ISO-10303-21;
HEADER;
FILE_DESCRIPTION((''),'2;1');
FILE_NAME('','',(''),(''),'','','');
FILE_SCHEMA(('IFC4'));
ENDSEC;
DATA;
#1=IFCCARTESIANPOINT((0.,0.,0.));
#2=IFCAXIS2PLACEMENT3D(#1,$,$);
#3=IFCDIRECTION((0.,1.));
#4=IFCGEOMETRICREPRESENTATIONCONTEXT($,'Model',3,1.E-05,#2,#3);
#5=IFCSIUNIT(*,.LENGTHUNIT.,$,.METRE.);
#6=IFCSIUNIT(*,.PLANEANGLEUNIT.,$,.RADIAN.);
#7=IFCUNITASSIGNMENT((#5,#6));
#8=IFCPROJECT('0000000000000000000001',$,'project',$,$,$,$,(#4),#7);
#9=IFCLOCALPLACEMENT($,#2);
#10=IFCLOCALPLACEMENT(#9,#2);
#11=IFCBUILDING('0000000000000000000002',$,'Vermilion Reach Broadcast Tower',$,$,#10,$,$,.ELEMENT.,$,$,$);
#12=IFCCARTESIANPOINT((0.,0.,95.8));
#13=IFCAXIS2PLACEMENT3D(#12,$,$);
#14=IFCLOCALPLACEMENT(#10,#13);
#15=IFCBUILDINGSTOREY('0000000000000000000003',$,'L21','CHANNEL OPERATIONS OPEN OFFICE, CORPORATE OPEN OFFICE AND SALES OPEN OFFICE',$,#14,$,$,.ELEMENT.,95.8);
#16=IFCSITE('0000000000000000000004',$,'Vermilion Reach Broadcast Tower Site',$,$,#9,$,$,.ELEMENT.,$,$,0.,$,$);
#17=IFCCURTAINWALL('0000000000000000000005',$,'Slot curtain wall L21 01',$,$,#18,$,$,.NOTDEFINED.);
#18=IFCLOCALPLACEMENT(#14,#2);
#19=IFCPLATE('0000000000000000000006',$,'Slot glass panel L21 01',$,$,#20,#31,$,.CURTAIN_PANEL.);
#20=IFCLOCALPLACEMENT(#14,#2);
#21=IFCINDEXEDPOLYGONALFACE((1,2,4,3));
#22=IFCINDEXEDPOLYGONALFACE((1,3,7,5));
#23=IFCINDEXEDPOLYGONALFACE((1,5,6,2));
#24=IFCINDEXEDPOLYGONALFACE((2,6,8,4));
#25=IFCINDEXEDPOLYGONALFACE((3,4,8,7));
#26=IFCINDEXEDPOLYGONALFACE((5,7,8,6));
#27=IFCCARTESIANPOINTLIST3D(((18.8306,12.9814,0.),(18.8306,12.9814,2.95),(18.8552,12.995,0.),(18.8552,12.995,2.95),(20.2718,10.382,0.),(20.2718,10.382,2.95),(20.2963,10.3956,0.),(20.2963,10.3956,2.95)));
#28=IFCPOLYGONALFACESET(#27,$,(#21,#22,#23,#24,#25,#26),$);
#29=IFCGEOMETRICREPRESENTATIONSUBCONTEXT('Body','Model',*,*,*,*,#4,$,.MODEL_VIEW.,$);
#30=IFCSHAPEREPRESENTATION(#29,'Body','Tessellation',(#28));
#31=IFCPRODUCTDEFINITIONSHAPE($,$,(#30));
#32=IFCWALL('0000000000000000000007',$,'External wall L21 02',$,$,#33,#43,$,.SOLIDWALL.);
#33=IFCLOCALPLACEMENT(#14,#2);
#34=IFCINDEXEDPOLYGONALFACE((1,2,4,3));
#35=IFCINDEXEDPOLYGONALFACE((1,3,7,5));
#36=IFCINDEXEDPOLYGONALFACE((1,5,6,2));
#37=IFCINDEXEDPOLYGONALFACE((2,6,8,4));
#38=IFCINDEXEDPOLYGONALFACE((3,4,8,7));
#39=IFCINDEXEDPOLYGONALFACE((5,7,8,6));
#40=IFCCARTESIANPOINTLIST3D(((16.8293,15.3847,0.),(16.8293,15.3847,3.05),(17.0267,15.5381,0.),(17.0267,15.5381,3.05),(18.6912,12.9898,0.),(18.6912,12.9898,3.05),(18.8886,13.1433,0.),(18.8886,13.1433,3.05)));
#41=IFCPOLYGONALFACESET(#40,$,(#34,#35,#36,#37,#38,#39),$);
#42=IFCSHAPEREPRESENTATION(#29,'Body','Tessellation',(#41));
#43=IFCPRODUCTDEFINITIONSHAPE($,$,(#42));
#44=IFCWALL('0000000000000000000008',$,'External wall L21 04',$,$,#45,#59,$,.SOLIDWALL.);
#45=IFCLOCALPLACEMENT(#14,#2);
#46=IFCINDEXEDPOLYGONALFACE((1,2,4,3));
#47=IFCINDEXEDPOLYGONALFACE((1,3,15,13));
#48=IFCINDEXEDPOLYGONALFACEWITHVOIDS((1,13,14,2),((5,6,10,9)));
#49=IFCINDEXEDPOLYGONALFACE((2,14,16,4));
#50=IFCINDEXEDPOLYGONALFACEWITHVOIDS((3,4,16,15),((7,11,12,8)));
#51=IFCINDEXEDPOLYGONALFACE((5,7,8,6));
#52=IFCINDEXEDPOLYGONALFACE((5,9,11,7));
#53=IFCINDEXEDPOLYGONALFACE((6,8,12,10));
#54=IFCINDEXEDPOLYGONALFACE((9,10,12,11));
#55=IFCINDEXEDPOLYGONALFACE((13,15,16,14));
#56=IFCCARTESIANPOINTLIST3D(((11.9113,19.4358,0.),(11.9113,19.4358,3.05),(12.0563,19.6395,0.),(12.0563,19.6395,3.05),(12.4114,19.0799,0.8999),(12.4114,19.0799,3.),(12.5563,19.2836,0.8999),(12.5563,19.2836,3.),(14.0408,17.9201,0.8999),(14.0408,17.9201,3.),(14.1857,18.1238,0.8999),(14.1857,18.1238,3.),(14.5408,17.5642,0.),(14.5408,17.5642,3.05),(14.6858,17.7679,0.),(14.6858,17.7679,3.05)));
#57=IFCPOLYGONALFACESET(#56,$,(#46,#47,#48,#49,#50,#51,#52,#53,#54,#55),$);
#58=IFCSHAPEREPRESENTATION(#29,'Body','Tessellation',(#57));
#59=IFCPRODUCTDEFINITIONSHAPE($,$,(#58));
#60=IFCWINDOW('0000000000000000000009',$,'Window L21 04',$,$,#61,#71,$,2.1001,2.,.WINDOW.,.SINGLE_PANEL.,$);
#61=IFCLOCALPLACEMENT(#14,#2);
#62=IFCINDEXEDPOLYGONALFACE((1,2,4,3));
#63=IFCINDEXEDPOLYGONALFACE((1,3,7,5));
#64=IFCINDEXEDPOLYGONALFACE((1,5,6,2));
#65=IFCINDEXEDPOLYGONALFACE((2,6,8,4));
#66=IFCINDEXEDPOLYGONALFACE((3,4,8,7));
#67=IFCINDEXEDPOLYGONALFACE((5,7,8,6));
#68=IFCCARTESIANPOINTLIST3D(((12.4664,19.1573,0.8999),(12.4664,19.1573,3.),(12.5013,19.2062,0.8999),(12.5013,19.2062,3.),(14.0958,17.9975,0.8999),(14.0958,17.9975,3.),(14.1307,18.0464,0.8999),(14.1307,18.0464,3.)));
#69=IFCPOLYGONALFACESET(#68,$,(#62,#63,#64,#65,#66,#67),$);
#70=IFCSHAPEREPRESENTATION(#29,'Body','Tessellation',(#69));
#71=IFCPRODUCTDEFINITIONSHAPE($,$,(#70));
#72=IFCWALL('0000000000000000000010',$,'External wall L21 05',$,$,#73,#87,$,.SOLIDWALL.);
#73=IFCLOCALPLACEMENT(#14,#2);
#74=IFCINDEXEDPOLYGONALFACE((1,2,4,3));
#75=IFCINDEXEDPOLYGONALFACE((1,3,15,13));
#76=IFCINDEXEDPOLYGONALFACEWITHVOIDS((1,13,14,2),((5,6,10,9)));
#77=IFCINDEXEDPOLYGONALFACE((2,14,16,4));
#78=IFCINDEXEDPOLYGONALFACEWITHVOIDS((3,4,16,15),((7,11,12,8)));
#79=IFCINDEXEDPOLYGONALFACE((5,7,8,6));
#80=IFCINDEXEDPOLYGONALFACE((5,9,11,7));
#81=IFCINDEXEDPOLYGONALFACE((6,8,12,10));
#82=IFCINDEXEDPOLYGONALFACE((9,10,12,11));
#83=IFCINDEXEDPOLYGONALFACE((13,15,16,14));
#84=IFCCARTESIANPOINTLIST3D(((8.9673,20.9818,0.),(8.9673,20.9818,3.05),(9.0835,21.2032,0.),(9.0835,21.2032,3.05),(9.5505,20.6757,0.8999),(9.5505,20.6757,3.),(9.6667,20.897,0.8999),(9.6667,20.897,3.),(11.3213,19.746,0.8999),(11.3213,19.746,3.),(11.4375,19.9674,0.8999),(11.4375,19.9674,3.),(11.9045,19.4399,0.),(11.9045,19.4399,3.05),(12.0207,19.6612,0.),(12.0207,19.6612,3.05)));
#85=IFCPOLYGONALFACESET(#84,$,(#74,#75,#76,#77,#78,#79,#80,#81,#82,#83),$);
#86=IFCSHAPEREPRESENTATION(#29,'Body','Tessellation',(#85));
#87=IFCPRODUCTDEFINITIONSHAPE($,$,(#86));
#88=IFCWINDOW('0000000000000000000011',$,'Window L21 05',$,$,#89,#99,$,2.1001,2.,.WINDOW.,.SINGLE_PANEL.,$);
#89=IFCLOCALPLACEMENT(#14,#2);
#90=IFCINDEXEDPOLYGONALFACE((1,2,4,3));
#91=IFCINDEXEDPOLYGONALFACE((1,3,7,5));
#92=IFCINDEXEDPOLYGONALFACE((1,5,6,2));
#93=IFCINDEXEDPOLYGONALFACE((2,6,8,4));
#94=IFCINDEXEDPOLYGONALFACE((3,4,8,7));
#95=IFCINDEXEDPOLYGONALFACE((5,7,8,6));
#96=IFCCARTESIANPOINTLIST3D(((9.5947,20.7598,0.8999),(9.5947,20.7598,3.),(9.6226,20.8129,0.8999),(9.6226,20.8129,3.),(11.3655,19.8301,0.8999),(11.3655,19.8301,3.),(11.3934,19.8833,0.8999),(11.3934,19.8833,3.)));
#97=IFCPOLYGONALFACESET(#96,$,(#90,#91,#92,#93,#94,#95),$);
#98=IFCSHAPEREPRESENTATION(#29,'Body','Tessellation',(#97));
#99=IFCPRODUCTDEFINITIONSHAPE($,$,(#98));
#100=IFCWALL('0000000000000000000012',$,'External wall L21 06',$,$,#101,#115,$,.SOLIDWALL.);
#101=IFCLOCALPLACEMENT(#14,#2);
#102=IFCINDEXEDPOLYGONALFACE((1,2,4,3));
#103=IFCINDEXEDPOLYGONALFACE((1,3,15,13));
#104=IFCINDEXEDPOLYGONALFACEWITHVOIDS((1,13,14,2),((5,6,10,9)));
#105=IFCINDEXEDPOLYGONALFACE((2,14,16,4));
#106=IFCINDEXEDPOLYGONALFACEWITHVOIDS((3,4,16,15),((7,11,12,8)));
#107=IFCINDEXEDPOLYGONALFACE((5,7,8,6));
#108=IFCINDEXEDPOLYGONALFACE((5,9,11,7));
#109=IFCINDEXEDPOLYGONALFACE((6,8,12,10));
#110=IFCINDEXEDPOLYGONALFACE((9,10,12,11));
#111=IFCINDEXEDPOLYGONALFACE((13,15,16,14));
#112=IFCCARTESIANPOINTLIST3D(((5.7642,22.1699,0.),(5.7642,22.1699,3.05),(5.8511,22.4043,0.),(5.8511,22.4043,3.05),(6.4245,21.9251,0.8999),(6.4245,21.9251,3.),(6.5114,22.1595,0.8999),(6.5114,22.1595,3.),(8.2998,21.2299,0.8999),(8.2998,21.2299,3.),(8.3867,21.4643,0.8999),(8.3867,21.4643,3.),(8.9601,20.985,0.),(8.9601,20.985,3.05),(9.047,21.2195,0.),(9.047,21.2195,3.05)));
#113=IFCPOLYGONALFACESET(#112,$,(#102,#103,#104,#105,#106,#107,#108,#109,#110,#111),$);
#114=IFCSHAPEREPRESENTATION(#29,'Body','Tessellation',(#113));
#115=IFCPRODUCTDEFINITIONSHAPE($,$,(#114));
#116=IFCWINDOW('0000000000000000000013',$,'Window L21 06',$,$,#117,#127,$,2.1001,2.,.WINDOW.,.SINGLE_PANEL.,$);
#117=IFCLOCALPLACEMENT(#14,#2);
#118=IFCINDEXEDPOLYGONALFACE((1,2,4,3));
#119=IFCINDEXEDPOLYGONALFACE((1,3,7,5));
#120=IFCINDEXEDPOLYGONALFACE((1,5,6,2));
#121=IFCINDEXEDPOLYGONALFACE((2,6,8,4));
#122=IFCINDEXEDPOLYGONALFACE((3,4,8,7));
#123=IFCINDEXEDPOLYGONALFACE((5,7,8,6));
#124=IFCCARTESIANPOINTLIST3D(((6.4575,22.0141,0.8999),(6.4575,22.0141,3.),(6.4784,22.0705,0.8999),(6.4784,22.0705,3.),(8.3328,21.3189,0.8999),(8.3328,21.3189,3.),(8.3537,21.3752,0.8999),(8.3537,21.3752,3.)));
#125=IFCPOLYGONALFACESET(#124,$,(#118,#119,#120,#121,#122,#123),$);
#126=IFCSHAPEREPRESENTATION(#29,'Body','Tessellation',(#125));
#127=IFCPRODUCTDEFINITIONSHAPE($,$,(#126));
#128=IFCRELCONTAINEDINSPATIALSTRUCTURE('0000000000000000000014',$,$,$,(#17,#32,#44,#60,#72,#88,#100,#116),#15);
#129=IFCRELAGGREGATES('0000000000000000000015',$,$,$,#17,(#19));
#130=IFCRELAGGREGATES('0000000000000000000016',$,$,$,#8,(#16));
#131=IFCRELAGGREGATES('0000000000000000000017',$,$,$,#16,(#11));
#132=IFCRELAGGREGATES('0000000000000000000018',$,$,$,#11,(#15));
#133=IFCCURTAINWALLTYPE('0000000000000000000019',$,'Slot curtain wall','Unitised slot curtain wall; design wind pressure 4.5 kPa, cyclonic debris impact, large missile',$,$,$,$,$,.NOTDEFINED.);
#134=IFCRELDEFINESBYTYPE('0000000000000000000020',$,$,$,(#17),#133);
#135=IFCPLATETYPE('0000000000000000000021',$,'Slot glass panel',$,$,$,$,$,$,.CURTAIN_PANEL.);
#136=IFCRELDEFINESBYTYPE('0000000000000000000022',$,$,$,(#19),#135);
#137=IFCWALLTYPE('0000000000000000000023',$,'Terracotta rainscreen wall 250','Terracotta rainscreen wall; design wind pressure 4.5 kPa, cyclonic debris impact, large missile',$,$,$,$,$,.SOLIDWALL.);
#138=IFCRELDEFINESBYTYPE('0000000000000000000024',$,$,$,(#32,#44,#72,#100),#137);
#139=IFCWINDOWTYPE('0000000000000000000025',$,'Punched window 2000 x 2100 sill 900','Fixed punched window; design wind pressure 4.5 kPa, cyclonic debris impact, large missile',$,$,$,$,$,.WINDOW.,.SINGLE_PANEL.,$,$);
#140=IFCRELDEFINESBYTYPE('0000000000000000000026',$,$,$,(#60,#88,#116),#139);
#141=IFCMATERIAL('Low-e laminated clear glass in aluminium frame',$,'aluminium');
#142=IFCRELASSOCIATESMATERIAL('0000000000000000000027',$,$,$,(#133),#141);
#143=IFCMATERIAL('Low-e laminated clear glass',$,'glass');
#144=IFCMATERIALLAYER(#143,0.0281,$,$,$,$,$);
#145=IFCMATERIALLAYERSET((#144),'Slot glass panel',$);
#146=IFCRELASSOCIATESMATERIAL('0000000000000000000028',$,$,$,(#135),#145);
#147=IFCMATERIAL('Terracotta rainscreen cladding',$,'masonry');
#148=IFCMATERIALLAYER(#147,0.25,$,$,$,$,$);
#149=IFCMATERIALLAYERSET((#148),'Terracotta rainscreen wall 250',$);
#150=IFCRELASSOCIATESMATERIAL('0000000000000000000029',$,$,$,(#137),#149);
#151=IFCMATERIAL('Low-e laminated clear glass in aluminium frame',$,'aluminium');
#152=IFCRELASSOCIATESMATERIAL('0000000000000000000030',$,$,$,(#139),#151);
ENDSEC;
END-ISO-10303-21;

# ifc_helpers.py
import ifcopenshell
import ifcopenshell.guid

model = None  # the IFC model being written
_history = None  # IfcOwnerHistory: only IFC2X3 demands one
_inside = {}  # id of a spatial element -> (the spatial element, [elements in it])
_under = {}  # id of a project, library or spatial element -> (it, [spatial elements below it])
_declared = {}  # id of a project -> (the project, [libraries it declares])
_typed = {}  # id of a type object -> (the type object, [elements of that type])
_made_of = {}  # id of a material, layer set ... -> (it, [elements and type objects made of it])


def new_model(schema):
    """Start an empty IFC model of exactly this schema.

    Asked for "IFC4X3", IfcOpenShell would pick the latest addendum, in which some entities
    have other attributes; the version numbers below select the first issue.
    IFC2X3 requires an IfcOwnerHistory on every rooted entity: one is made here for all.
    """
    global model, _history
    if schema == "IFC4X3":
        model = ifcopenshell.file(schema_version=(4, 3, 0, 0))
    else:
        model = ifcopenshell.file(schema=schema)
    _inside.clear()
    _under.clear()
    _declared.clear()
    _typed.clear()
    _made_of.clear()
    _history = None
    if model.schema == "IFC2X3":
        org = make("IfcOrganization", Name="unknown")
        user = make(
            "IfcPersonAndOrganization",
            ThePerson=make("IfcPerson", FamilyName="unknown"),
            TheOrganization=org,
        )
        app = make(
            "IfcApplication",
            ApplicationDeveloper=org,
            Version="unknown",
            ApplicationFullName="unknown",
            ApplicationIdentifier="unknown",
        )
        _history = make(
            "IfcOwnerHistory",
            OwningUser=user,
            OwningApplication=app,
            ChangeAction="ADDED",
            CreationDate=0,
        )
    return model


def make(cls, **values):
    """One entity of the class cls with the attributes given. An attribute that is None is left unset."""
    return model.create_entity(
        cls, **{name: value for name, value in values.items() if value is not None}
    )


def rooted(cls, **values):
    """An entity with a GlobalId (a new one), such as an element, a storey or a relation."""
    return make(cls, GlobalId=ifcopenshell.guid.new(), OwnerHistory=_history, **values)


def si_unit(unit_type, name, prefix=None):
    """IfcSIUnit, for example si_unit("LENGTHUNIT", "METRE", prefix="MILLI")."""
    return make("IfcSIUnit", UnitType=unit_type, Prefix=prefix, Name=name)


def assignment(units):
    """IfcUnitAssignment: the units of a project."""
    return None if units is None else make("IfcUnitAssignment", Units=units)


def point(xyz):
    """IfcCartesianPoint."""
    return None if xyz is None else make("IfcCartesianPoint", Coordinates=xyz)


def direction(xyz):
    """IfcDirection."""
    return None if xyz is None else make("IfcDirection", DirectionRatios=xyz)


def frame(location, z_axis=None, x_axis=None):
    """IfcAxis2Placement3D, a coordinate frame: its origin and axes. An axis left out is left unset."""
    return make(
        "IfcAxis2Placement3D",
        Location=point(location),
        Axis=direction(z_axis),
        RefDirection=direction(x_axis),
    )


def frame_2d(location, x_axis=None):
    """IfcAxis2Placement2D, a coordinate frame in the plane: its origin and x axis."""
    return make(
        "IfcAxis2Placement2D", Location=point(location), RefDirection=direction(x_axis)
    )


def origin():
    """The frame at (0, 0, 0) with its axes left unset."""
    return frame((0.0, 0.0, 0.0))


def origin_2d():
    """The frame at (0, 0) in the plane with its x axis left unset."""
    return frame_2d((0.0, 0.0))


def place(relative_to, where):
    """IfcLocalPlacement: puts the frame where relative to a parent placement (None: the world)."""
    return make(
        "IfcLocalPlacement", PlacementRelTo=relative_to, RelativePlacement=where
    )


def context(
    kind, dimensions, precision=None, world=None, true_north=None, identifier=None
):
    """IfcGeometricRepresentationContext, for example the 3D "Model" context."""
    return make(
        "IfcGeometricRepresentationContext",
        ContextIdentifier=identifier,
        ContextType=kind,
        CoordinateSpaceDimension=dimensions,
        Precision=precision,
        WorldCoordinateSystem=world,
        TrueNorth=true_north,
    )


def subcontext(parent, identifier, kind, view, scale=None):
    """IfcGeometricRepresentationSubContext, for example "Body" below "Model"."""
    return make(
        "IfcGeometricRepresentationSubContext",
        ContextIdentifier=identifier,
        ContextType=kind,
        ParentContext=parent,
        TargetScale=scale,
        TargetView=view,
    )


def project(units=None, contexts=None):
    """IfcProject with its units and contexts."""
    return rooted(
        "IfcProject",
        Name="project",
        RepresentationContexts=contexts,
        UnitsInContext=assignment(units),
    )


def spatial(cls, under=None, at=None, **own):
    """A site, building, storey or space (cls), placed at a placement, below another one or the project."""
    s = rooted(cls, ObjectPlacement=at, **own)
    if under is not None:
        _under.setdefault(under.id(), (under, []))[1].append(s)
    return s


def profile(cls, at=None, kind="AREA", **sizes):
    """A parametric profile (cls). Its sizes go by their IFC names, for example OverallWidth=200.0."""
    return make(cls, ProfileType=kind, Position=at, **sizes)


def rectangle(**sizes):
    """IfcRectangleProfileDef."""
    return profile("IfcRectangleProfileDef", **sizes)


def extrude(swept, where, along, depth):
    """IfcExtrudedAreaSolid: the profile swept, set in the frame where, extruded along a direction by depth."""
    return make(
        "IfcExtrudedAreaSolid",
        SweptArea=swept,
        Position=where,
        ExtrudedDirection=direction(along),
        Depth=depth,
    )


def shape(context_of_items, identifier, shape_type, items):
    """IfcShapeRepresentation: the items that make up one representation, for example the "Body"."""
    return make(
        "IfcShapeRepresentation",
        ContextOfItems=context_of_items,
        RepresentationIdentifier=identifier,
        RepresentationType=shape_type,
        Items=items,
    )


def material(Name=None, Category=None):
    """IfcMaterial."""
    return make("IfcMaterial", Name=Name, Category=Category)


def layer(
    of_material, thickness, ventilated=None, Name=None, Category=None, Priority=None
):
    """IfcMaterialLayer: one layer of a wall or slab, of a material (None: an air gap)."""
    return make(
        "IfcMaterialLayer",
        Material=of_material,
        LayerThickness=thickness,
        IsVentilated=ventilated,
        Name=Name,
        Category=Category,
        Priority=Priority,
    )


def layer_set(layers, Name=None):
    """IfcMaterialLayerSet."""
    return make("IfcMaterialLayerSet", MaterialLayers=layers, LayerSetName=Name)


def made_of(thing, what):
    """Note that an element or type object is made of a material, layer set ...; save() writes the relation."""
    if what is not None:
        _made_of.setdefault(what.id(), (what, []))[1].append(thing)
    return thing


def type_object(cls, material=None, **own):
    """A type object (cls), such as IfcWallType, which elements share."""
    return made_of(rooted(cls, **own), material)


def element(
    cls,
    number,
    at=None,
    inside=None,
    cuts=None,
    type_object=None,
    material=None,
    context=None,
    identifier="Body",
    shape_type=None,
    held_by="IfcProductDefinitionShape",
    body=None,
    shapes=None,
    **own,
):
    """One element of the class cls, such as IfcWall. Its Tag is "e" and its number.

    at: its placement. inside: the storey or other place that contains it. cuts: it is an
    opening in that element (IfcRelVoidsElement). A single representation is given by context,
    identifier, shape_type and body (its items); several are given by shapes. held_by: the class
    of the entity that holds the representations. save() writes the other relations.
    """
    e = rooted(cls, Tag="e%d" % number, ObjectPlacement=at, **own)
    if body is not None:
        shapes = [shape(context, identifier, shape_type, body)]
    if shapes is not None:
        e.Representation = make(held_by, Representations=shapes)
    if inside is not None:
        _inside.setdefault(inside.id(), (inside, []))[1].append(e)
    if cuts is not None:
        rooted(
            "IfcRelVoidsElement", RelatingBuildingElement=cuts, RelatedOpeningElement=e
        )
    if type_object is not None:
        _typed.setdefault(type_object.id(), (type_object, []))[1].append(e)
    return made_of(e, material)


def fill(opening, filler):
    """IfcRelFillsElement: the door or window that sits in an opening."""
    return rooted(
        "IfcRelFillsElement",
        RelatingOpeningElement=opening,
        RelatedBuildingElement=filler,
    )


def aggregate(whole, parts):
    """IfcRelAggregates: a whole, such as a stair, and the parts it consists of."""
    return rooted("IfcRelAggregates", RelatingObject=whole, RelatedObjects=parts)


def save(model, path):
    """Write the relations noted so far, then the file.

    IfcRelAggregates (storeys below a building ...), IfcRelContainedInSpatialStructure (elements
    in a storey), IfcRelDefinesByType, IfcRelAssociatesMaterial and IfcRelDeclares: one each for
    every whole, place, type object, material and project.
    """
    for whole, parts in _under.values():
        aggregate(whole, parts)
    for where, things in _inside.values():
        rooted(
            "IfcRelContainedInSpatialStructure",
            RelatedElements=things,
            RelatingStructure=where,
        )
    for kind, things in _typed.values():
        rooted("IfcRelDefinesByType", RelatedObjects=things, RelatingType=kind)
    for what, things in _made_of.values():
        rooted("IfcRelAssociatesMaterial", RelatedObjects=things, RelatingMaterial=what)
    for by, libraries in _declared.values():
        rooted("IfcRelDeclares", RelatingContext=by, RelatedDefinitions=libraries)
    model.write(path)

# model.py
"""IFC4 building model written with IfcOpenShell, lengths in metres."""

from ifc_helpers import new_model, si_unit, direction, frame, frame_2d, origin, origin_2d, place, context, subcontext, project, spatial, rectangle, extrude, material, layer, layer_set, type_object, element, fill, aggregate, save


model = new_model("IFC4")

# Units and contexts
model_context = context("Model", 3, precision=1e-05, world=origin(), true_north=direction((0.0, 1.0)))
body_context = subcontext(model_context, "Body", "Model", "MODEL_VIEW")
ifc_project = project(units=[si_unit("LENGTHUNIT", "METRE"), si_unit("PLANEANGLEUNIT", "RADIAN")], contexts=[model_context])

# Site, building, storey
site_placement = place(None, origin())
site = spatial("IfcSite", under=ifc_project, at=site_placement, Name="Vermilion Reach Broadcast Tower Site", CompositionType="ELEMENT", RefElevation=0.0)
building_placement = place(site_placement, origin())
building = spatial("IfcBuilding", under=site, at=building_placement, Name="Vermilion Reach Broadcast Tower", CompositionType="ELEMENT")
storey_placement = place(building_placement, frame((0.0, 0.0, 95.8)))
storey = spatial("IfcBuildingStorey", under=building, at=storey_placement, Name="L21", Description="CHANNEL OPERATIONS OPEN OFFICE, CORPORATE OPEN OFFICE AND SALES OPEN OFFICE", CompositionType="ELEMENT", Elevation=95.8)

# Curtain wall, plate
ifc_material_1 = material(Name="Low-e laminated clear glass in aluminium frame", Category="aluminium")
curtain_wall_type = type_object("IfcCurtainWallType", Name="Slot curtain wall", Description="Unitised slot curtain wall; design wind pressure 4.5 kPa, cyclonic debris impact, large missile", PredefinedType="NOTDEFINED", material=ifc_material_1)
curtain_wall_placement = place(storey_placement, origin())
curtain_wall = element("IfcCurtainWall", 1, at=curtain_wall_placement, inside=storey, type_object=curtain_wall_type, Name="Slot curtain wall L21 01", PredefinedType="NOTDEFINED")
ifc_material_2 = material(Name="Low-e laminated clear glass", Category="glass")
ifc_layer_1 = layer(ifc_material_2, 0.0281)
ifc_layer_set_1 = layer_set([ifc_layer_1], Name="Slot glass panel")
plate_type = type_object("IfcPlateType", Name="Slot glass panel", PredefinedType="CURTAIN_PANEL", material=ifc_layer_set_1)
plate_placement = place(storey_placement, frame((19.5635, 11.6885, 0.0), z_axis=(0.0, 0.0, 1.0), x_axis=(-0.484878, 0.874582, 0.0)))
plate = element("IfcPlate", 2, at=plate_placement, type_object=plate_type, Name="Slot glass panel L21 01", PredefinedType="CURTAIN_PANEL", context=body_context, shape_type="SweptSolid", body=[
    extrude(rectangle(XDim=2.9722, YDim=0.0281, at=origin_2d()), origin(), (0.0, 0.0, 1.0), 2.95),
])
aggregate(curtain_wall, [plate])

# Wall
ifc_material_3 = material(Name="Terracotta rainscreen cladding", Category="masonry")
ifc_layer_2 = layer(ifc_material_3, 0.25)
ifc_layer_set_2 = layer_set([ifc_layer_2], Name="Terracotta rainscreen wall 250")
wall_type = type_object("IfcWallType", Name="Terracotta rainscreen wall 250", Description="Terracotta rainscreen wall; design wind pressure 4.5 kPa, cyclonic debris impact, large missile", PredefinedType="SOLIDWALL", material=ifc_layer_set_2)
wall_1_placement = place(storey_placement, frame((18.7898, 13.0667, 0.0), z_axis=(0.0, 0.0, 1.0), x_axis=(-0.613779, 0.789478, 0.0)))
element("IfcWall", 3, at=wall_1_placement, inside=storey, type_object=wall_type, Name="External wall L21 02", PredefinedType="SOLIDWALL", context=body_context, shape_type="SweptSolid", body=[
    extrude(rectangle(XDim=3.0334, YDim=0.25, at=frame_2d((1.5166, 0.0))), origin(), (0.0, 0.0, 1.0), 3.05),
])

# Walls, openings, windows
wall_2_placement = place(storey_placement, frame((14.6133, 17.666, 0.0), z_axis=(0.0, 0.0, 1.0), x_axis=(-0.814693, 0.579892, 0.0)))
wall_2 = element("IfcWall", 4, at=wall_2_placement, inside=storey, type_object=wall_type, Name="External wall L21 04", PredefinedType="SOLIDWALL", context=body_context, shape_type="SweptSolid", body=[
    extrude(rectangle(XDim=3.2275, YDim=0.25, at=frame_2d((1.6138, 0.0))), origin(), (0.0, 0.0, 1.0), 3.05),
])
opening_1_placement = place(wall_2_placement, frame((0.6138, 0.0, 0.8999)))
opening_1 = element("IfcOpeningElement", 5, at=opening_1_placement, cuts=wall_2, PredefinedType="OPENING", context=body_context, shape_type="SweptSolid", body=[
    extrude(rectangle(XDim=2.0, YDim=2.1001, at=frame_2d((1.0, 1.05))), frame((0.0, 0.135, 0.0), z_axis=(0.0, -1.0, 0.0), x_axis=(1.0, 0.0, 0.0)), (0.0, 0.0, 1.0), 0.27),
])
ifc_material_4 = material(Name="Low-e laminated clear glass in aluminium frame", Category="aluminium")
window_type = type_object("IfcWindowType", Name="Punched window 2000 x 2100 sill 900", Description="Fixed punched window; design wind pressure 4.5 kPa, cyclonic debris impact, large missile", PartitioningType="SINGLE_PANEL", PredefinedType="WINDOW", material=ifc_material_4)
window_1_placement = place(opening_1_placement, origin())
window_1 = element("IfcWindow", 6, at=window_1_placement, inside=storey, type_object=window_type, Name="Window L21 04", OverallHeight=2.1001, OverallWidth=2.0, PartitioningType="SINGLE_PANEL", PredefinedType="WINDOW", context=body_context, shape_type="SweptSolid", body=[
    extrude(rectangle(XDim=2.0, YDim=2.1001, at=frame_2d((1.0, 1.05))), frame((0.0, 0.03, 0.0), z_axis=(0.0, -1.0, 0.0), x_axis=(1.0, 0.0, 0.0)), (0.0, 0.0, 1.0), 0.0601),
])
fill(opening_1, window_1)
wall_3_placement = place(storey_placement, frame((11.9626, 19.5505, 0.0), z_axis=(0.0, 0.0, 1.0), x_axis=(-0.885406, 0.464818, 0.0)))
wall_3 = element("IfcWall", 7, at=wall_3_placement, inside=storey, type_object=wall_type, Name="External wall L21 05", PredefinedType="SOLIDWALL", context=body_context, shape_type="SweptSolid", body=[
    extrude(rectangle(XDim=3.3174, YDim=0.25, at=frame_2d((1.6587, 0.0))), origin(), (0.0, 0.0, 1.0), 3.05),
])
opening_2_placement = place(wall_3_placement, frame((0.6587, 0.0, 0.8999)))
opening_2 = element("IfcOpeningElement", 8, at=opening_2_placement, cuts=wall_3, PredefinedType="OPENING", context=body_context, shape_type="SweptSolid", body=[
    extrude(rectangle(XDim=2.0, YDim=2.1001, at=frame_2d((1.0, 1.05))), frame((0.0, 0.135, 0.0), z_axis=(0.0, -1.0, 0.0), x_axis=(1.0, 0.0, 0.0)), (0.0, 0.0, 1.0), 0.27),
])
window_2_placement = place(opening_2_placement, origin())
window_2 = element("IfcWindow", 9, at=window_2_placement, inside=storey, type_object=window_type, Name="Window L21 05", OverallHeight=2.1001, OverallWidth=2.0, PartitioningType="SINGLE_PANEL", PredefinedType="WINDOW", context=body_context, shape_type="SweptSolid", body=[
    extrude(rectangle(XDim=2.0, YDim=2.1001, at=frame_2d((1.0, 1.05))), frame((0.0, 0.03, 0.0), z_axis=(0.0, -1.0, 0.0), x_axis=(1.0, 0.0, 0.0)), (0.0, 0.0, 1.0), 0.0601),
])
fill(opening_2, window_2)
wall_4_placement = place(storey_placement, frame((9.0034, 21.1023, 0.0), z_axis=(0.0, 0.0, 1.0), x_axis=(-0.937636, 0.34762, 0.0)))
wall_4 = element("IfcWall", 10, at=wall_4_placement, inside=storey, type_object=wall_type, Name="External wall L21 06", PredefinedType="SOLIDWALL", context=body_context, shape_type="SweptSolid", body=[
    extrude(rectangle(XDim=3.4084, YDim=0.25, at=frame_2d((1.7041, 0.0))), origin(), (0.0, 0.0, 1.0), 3.05),
])
opening_3_placement = place(wall_4_placement, frame((0.7041, 0.0, 0.8999)))
opening_3 = element("IfcOpeningElement", 11, at=opening_3_placement, cuts=wall_4, PredefinedType="OPENING", context=body_context, shape_type="SweptSolid", body=[
    extrude(rectangle(XDim=2.0, YDim=2.1001, at=frame_2d((1.0, 1.05))), frame((0.0, 0.135, 0.0), z_axis=(0.0, -1.0, 0.0), x_axis=(1.0, 0.0, 0.0)), (0.0, 0.0, 1.0), 0.27),
])
window_3_placement = place(opening_3_placement, origin())
window_3 = element("IfcWindow", 12, at=window_3_placement, inside=storey, type_object=window_type, Name="Window L21 06", OverallHeight=2.1001, OverallWidth=2.0, PartitioningType="SINGLE_PANEL", PredefinedType="WINDOW", context=body_context, shape_type="SweptSolid", body=[
    extrude(rectangle(XDim=2.0, YDim=2.1001, at=frame_2d((1.0, 1.05))), frame((0.0, 0.03, 0.0), z_axis=(0.0, -1.0, 0.0), x_axis=(1.0, 0.0, 0.0)), (0.0, 0.0, 1.0), 0.0601),
])
fill(opening_3, window_3)

save(model, "model.ifc")
